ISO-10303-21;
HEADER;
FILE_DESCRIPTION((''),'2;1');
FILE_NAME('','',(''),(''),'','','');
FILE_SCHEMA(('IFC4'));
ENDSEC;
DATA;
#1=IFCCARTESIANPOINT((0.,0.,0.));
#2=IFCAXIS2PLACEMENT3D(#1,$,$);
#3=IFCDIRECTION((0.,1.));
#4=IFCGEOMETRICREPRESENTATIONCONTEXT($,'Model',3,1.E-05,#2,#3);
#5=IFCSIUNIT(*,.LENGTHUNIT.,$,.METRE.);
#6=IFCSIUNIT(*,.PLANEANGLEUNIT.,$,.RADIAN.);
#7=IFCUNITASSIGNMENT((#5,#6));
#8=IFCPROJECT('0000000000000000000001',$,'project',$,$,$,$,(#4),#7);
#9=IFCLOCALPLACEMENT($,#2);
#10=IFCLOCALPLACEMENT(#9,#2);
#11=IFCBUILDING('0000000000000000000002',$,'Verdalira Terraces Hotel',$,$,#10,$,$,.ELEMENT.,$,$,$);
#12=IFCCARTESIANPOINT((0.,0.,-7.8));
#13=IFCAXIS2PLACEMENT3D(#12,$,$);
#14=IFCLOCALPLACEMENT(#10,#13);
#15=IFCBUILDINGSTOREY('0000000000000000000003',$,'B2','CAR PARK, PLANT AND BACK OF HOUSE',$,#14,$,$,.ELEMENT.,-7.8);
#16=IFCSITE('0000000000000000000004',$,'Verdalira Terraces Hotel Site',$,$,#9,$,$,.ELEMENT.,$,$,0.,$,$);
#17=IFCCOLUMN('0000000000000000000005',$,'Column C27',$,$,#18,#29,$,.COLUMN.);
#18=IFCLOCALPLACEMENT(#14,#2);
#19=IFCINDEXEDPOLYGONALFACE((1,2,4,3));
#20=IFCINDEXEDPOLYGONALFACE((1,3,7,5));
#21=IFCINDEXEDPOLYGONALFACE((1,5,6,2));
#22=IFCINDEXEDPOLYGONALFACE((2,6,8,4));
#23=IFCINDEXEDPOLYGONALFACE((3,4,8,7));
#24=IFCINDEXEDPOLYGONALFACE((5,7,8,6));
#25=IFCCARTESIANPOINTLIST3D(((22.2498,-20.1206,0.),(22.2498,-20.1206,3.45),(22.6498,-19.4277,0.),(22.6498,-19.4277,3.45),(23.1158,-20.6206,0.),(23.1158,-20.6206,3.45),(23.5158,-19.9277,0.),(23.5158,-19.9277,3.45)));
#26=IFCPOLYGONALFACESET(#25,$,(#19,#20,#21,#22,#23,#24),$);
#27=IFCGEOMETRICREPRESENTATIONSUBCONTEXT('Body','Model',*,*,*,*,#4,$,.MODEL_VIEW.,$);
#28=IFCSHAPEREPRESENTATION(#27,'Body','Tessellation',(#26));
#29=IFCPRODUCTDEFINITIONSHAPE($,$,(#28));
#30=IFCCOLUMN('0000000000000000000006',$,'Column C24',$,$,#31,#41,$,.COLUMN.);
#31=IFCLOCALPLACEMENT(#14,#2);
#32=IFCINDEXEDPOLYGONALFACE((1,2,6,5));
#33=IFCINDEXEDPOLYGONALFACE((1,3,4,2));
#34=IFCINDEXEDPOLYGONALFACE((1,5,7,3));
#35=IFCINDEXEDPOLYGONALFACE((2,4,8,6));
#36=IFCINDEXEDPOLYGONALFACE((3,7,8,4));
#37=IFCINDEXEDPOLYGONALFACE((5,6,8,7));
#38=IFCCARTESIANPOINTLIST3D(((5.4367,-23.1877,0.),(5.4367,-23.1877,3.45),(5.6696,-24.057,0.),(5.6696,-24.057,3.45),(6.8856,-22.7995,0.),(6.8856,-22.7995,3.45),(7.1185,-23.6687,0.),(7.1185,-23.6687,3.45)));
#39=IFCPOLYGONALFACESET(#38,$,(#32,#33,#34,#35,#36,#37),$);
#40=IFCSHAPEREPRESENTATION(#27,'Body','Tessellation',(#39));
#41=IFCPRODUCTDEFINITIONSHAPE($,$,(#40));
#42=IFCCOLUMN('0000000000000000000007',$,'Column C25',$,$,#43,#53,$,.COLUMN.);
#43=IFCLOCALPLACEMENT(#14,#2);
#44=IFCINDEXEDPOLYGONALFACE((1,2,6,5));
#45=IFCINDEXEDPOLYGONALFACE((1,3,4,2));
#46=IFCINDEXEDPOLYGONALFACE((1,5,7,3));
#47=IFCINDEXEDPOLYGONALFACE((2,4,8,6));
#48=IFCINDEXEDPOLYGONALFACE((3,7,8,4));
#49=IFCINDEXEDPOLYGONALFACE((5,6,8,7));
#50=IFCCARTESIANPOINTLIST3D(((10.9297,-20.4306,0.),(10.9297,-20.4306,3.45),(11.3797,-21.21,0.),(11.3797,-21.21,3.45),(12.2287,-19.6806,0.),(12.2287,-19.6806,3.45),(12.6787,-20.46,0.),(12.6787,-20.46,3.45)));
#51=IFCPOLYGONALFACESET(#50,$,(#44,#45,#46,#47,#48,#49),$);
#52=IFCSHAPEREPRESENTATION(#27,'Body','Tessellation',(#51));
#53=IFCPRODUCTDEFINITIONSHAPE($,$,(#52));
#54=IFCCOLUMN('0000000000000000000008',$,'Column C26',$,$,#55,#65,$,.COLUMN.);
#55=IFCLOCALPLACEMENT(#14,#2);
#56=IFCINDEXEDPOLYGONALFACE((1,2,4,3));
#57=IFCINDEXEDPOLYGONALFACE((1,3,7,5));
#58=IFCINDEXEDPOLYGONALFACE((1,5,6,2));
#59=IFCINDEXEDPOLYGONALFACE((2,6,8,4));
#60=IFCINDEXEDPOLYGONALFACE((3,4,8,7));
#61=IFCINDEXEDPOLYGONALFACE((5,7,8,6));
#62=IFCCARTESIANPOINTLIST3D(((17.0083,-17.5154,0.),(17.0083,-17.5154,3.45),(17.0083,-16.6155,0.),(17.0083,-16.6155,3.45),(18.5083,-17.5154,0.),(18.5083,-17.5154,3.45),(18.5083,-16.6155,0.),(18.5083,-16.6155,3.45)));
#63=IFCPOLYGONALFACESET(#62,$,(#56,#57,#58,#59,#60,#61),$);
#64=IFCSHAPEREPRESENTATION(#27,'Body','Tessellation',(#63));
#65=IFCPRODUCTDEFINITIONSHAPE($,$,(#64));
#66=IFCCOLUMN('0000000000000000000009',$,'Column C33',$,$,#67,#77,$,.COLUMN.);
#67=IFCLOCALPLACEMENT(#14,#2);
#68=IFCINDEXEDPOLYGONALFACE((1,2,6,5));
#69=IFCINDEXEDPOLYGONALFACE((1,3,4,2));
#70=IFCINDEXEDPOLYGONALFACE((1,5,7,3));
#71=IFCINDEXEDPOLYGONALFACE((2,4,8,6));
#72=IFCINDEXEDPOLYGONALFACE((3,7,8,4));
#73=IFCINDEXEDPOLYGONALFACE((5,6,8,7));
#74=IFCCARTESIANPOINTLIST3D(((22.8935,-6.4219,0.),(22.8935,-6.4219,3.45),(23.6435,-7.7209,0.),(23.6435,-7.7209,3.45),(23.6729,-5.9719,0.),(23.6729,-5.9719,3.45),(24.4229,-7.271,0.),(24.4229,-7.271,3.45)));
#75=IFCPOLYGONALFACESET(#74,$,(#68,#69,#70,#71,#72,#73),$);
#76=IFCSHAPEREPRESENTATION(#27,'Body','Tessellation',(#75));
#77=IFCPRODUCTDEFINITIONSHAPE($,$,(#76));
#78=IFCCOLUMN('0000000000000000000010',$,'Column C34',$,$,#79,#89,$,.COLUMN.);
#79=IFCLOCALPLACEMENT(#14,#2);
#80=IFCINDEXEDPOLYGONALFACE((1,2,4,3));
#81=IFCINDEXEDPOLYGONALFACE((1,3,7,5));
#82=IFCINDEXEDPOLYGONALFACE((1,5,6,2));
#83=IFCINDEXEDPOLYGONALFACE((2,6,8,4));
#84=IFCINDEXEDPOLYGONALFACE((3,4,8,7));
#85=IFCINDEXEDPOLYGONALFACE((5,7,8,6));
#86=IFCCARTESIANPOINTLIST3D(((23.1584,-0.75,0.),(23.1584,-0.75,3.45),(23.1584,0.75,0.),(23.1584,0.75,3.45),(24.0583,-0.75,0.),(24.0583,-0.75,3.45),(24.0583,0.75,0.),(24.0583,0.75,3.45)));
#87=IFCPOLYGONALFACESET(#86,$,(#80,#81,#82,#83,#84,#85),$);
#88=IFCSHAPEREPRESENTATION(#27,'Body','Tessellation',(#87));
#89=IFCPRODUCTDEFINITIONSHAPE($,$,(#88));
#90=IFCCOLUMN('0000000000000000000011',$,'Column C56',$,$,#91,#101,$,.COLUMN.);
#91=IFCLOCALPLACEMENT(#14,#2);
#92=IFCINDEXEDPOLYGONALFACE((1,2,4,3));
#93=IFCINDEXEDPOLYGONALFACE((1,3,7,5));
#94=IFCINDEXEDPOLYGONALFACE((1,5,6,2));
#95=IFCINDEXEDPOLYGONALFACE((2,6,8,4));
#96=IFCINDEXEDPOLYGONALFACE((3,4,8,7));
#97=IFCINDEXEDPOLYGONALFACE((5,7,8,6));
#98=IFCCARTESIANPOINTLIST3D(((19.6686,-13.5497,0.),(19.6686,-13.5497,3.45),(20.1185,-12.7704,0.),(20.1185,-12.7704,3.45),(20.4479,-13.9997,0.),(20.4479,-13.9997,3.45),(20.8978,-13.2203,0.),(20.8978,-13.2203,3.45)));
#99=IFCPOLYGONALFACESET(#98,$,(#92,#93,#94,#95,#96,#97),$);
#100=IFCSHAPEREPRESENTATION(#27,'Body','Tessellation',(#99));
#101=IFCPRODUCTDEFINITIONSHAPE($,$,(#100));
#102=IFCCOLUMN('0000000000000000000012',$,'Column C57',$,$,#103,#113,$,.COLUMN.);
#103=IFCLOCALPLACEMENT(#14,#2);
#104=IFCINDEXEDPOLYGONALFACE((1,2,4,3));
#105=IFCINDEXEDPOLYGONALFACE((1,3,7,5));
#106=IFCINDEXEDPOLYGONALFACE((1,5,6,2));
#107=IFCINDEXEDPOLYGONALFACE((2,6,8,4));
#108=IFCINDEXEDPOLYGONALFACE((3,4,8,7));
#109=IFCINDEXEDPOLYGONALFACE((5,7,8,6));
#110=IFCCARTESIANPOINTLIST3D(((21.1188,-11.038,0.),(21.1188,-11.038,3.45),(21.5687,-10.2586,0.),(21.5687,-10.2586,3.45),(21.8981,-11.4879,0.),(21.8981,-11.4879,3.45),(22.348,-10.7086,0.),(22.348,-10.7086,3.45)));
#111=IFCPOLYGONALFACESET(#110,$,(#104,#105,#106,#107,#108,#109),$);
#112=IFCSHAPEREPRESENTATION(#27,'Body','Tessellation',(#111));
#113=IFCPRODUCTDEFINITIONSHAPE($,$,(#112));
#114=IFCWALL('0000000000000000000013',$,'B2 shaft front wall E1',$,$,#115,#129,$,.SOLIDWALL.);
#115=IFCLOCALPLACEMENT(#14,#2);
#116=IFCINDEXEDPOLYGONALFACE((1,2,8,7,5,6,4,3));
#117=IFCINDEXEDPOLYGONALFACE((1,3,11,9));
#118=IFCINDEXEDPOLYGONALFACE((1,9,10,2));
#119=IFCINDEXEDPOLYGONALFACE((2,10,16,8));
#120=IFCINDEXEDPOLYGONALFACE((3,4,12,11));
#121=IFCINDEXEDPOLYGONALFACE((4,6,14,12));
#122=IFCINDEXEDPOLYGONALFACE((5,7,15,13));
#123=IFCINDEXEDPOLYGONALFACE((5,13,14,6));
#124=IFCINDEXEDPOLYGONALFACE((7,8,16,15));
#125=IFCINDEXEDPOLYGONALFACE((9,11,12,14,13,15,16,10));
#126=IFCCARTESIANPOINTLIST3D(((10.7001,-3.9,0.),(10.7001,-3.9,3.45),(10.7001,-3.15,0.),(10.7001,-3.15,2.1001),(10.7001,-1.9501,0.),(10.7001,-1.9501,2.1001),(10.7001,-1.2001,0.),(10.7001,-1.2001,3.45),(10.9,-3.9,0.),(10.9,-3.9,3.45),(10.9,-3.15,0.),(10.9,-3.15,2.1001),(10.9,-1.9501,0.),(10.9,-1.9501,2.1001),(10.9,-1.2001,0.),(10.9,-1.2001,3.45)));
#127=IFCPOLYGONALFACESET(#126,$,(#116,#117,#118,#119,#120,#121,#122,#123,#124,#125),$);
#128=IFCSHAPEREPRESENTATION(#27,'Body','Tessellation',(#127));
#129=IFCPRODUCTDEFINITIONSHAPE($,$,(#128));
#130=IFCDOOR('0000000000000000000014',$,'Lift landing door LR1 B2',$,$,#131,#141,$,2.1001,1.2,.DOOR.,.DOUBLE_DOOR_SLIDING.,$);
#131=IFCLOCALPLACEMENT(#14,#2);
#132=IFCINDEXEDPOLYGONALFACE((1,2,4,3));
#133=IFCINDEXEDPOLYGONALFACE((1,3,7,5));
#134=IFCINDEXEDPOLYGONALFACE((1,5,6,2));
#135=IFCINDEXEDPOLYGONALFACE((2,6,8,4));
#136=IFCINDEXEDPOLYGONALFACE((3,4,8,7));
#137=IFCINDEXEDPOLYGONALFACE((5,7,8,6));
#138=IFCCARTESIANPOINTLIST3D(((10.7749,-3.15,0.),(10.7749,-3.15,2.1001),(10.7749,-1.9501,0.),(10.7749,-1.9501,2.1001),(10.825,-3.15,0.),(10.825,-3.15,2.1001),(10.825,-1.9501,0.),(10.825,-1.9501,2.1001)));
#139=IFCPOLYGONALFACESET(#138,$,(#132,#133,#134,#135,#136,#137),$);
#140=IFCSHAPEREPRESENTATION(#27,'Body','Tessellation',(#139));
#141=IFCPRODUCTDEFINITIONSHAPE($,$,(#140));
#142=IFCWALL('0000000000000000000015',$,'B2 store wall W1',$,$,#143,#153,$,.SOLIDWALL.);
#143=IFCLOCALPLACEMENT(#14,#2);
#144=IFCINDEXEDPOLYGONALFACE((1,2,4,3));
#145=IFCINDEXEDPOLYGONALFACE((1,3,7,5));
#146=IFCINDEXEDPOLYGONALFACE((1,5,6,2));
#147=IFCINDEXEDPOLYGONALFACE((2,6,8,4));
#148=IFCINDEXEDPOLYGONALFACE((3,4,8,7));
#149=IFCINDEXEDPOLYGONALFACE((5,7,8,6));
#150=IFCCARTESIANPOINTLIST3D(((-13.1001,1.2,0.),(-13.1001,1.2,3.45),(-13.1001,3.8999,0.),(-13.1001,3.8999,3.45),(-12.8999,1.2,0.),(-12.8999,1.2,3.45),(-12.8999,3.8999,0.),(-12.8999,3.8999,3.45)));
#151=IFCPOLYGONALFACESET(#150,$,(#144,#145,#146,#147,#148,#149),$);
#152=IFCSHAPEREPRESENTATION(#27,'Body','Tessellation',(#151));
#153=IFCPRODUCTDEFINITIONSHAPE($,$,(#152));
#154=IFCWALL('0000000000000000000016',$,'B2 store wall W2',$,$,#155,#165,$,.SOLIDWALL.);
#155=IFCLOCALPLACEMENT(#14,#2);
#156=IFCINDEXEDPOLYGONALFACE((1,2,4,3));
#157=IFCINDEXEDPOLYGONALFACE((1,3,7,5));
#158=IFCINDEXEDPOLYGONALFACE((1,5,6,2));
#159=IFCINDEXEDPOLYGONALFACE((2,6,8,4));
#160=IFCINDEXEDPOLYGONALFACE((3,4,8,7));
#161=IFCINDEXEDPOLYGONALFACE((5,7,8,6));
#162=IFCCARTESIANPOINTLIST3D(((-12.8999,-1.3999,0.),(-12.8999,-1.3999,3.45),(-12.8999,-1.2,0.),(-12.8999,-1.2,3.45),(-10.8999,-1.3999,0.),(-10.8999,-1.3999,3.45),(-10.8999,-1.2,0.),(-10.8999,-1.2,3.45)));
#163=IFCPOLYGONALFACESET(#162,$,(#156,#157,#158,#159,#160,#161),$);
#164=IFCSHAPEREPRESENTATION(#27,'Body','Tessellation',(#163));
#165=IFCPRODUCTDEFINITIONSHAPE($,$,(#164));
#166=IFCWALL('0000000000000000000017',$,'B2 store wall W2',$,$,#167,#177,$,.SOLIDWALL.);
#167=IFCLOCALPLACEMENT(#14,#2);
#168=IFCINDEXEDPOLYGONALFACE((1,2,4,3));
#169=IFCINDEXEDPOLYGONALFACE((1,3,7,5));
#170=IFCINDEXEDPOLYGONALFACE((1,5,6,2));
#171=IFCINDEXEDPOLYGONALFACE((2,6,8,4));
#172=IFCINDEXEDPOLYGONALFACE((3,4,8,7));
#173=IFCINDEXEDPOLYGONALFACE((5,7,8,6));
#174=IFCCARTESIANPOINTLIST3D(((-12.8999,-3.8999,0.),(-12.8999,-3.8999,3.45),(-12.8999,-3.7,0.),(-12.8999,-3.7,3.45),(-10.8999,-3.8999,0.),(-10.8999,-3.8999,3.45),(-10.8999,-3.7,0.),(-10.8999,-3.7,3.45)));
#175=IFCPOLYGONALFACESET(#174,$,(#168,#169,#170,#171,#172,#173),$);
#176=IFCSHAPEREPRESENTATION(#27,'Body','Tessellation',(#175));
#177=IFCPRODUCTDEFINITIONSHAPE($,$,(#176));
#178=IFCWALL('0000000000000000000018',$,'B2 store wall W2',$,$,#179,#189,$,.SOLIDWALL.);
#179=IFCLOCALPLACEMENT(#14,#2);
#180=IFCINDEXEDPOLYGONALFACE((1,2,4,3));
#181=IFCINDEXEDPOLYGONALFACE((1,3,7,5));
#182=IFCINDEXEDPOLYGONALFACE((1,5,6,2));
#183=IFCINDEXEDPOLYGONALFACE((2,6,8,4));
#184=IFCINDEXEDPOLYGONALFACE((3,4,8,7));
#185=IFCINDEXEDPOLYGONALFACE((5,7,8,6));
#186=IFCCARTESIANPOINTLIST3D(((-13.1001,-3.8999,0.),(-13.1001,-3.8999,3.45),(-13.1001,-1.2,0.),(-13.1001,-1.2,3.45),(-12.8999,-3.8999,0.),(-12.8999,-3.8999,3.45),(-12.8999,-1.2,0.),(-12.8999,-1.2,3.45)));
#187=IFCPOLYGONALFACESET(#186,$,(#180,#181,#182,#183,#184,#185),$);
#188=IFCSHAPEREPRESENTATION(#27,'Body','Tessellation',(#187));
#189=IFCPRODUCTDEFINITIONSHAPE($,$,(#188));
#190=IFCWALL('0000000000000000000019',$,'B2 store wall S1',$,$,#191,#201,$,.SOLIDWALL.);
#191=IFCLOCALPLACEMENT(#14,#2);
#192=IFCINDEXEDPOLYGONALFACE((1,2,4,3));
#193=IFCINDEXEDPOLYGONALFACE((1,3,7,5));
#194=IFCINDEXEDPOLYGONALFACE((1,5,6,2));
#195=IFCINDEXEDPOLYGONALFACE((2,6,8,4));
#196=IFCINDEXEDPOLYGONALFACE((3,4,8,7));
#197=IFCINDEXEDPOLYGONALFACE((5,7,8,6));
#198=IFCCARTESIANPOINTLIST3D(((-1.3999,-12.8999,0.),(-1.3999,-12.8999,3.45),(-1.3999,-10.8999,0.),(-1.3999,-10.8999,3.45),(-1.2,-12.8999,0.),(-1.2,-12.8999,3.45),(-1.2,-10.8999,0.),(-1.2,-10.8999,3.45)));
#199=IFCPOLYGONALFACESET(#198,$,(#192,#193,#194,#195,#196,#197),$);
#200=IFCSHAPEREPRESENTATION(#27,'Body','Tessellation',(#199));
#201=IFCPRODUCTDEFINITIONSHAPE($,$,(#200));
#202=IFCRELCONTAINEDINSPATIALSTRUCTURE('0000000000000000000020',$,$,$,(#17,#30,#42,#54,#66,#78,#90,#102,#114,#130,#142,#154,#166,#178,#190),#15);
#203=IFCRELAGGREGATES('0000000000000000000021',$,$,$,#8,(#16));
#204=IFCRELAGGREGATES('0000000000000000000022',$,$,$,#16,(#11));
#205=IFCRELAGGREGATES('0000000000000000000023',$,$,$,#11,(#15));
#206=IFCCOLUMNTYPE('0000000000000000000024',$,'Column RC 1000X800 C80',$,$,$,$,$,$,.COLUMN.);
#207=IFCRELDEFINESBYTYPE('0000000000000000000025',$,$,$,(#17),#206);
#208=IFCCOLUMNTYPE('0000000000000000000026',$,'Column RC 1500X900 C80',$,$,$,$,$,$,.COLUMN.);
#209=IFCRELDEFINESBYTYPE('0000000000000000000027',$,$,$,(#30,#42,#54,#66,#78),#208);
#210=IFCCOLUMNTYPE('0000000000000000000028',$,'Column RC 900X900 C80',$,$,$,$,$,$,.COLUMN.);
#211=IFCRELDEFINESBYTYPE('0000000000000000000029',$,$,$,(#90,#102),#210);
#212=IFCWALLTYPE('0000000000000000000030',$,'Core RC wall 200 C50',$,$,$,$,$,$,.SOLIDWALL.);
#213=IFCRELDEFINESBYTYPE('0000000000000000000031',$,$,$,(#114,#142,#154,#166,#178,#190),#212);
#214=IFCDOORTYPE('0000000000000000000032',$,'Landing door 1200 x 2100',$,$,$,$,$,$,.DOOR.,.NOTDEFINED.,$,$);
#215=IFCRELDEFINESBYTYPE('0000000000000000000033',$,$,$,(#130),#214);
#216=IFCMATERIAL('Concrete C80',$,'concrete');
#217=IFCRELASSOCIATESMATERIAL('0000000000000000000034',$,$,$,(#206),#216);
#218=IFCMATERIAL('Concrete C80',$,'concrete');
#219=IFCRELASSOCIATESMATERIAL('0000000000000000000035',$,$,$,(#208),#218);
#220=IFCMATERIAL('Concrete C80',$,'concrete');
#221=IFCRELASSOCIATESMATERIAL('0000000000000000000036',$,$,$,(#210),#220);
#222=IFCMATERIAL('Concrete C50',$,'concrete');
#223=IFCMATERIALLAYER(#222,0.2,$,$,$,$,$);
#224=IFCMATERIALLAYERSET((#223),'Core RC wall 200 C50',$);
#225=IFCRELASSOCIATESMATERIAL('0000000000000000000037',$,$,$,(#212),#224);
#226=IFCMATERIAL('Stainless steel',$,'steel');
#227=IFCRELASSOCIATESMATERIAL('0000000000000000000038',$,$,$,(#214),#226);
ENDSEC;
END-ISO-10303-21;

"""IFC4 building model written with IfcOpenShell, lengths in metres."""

from ifc_helpers import new_model, si_unit, direction, frame, frame_2d, origin, origin_2d, place, context, subcontext, project, spatial, polyline, rectangle, outline, extrude, material, layer, layer_set, material_profile, profile_set, type_object, element, fill, save


model = new_model("IFC4")

# Units and contexts
model_context = context("Model", 3, precision=1e-05, world=origin(), true_north=direction((0.0, 1.0)))
body_context = subcontext(model_context, "Body", "Model", "MODEL_VIEW")
ifc_project = project(units=[si_unit("LENGTHUNIT", "METRE"), si_unit("PLANEANGLEUNIT", "RADIAN")], contexts=[model_context])

# Site, building, storey
site_placement = place(None, origin())
site = spatial("IfcSite", under=ifc_project, at=site_placement, Name="Verdalira Terraces Hotel Site", CompositionType="ELEMENT", RefElevation=0.0)
building_placement = place(site_placement, origin())
building = spatial("IfcBuilding", under=site, at=building_placement, Name="Verdalira Terraces Hotel", CompositionType="ELEMENT")
storey_placement = place(building_placement, frame((0.0, 0.0, -7.8)))
storey = spatial("IfcBuildingStorey", under=building, at=storey_placement, Name="B2", Description="CAR PARK, PLANT AND BACK OF HOUSE", CompositionType="ELEMENT", Elevation=-7.8)

# Columns
ifc_material_1 = material(Name="Concrete C80", Category="concrete")
ifc_material_profile_1 = material_profile(ifc_material_1, rectangle(XDim=1.0, YDim=0.8, at=origin_2d()), Name="RC 1000X800")
ifc_profile_set_1 = profile_set([ifc_material_profile_1], Name="Concrete C80")
column_type_1 = type_object("IfcColumnType", Name="Column RC 1000X800 C80", PredefinedType="COLUMN", material=ifc_profile_set_1)
column_placement = place(storey_placement, frame((22.8828, -20.0242, 0.0), z_axis=(0.0, 0.0, 1.0), x_axis=(0.866025, -0.5, 0.0)))
element("IfcColumn", 1, at=column_placement, inside=storey, type_object=column_type_1, Name="Column C27", PredefinedType="COLUMN", context=body_context, shape_type="SweptSolid", body=[
    extrude(rectangle(XDim=1.0, YDim=0.8, at=origin_2d()), origin(), (0.0, 0.0, 1.0), 3.45),
])
ifc_material_2 = material(Name="Concrete C80", Category="concrete")
ifc_material_profile_2 = material_profile(ifc_material_2, rectangle(XDim=1.5, YDim=0.8999, at=origin_2d()), Name="RC 1500X900")
ifc_profile_set_2 = profile_set([ifc_material_profile_2], Name="Concrete C80")
column_type_2 = type_object("IfcColumnType", Name="Column RC 1500X900 C80", PredefinedType="COLUMN", material=ifc_profile_set_2)
for number, where, z_axis, x_axis, name in (
    (2, (6.2776, -23.4282, 0.0), (0.0, 0.0, 1.0), (-0.965926, -0.258819, 0.0), "Column C24"),
    (3, (11.8042, -20.4453, 0.0), (0.0, 0.0, 1.0), (0.866025, 0.5, 0.0), "Column C25"),
    (4, (17.7583, -17.0654, 0.0), (0.0, 0.0, 1.0), (-1.0, 0.0, 0.0), "Column C26"),
    (5, (23.6582, -6.8464, 0.0), (0.0, 0.0, 1.0), (0.5, -0.866025, 0.0), "Column C33"),
    (6, (23.6084, 0.0, 0.0), (0.0, 0.0, 1.0), (0.0, 1.0, 0.0), "Column C34"),
):
    element("IfcColumn", number, at=place(storey_placement, frame(where, z_axis=z_axis, x_axis=x_axis)), inside=storey, type_object=column_type_2, Name=name, PredefinedType="COLUMN", context=body_context, shape_type="SweptSolid", body=[
        extrude(rectangle(XDim=1.5, YDim=0.8999, at=origin_2d()), origin(), (0.0, 0.0, 1.0), 3.45),
    ])
ifc_material_3 = material(Name="Concrete C80", Category="concrete")
ifc_material_profile_3 = material_profile(ifc_material_3, rectangle(XDim=0.8999, YDim=0.8999, at=origin_2d()), Name="RC 900X900")
ifc_profile_set_3 = profile_set([ifc_material_profile_3], Name="Concrete C80")
column_type_3 = type_object("IfcColumnType", Name="Column RC 900X900 C80", PredefinedType="COLUMN", material=ifc_profile_set_3)
for number, where, z_axis, x_axis, name in (
    (7, (20.2832, -13.385, 0.0), (0.0, 0.0, 1.0), (0.866025, -0.5, 0.0), "Column C56"),
    (8, (21.7334, -10.8733, 0.0), (0.0, 0.0, 1.0), (0.866025, -0.5, 0.0), "Column C57"),
):
    element("IfcColumn", number, at=place(storey_placement, frame(where, z_axis=z_axis, x_axis=x_axis)), inside=storey, type_object=column_type_3, Name=name, PredefinedType="COLUMN", context=body_context, shape_type="SweptSolid", body=[
        extrude(rectangle(XDim=0.8999, YDim=0.8999, at=origin_2d()), origin(), (0.0, 0.0, 1.0), 3.45),
    ])

# Wall, opening, door
ifc_material_4 = material(Name="Concrete C50", Category="concrete")
ifc_layer_1 = layer(ifc_material_4, 0.2)
ifc_layer_set_1 = layer_set([ifc_layer_1], Name="Core RC wall 200 C50")
wall_type_1 = type_object("IfcWallType", Name="Core RC wall 200 C50", PredefinedType="SOLIDWALL", material=ifc_layer_set_1)
wall_1_placement = place(storey_placement, frame((10.8, -1.2, 0.0), z_axis=(0.0, 0.0, 1.0), x_axis=(0.0, -1.0, 0.0)))
wall_1 = element("IfcWall", 9, at=wall_1_placement, inside=storey, type_object=wall_type_1, Name="B2 shaft front wall E1", PredefinedType="SOLIDWALL", context=body_context, shape_type="SweptSolid", body=[
    extrude(rectangle(XDim=2.7, YDim=0.2, at=frame_2d((1.3501, 0.0))), origin(), (0.0, 0.0, 1.0), 3.45),
])
opening_1_placement = place(wall_1_placement, frame((0.75, 0.0, 0.0)))
opening_1 = element("IfcOpeningElement", 10, at=opening_1_placement, cuts=wall_1, PredefinedType="OPENING", context=body_context, shape_type="SweptSolid", body=[
    extrude(rectangle(XDim=1.2, YDim=2.1001, at=frame_2d((0.6001, 1.05))), frame((0.0, 0.1099, 0.0), z_axis=(0.0, -1.0, 0.0), x_axis=(1.0, 0.0, 0.0)), (0.0, 0.0, 1.0), 0.22),
])
ifc_material_5 = material(Name="Stainless steel", Category="steel")
door_type_1 = type_object("IfcDoorType", Name="Landing door 1200 x 2100", OperationType="NOTDEFINED", PredefinedType="DOOR", material=ifc_material_5)
door_1_placement = place(opening_1_placement, origin())
door_1 = element("IfcDoor", 11, at=door_1_placement, inside=storey, type_object=door_type_1, Name="Lift landing door LR1 B2", OperationType="DOUBLE_DOOR_SLIDING", OverallHeight=2.1001, OverallWidth=1.2, PredefinedType="DOOR", context=body_context, shape_type="SweptSolid", body=[
    extrude(rectangle(XDim=1.2, YDim=2.1001, at=frame_2d((0.6001, 1.05))), frame((0.0, 0.0249, 0.0), z_axis=(0.0, -1.0, 0.0), x_axis=(1.0, 0.0, 0.0)), (0.0, 0.0, 1.0), 0.05),
])
fill(opening_1, door_1)

# Walls
wall_2_placement = place(storey_placement, origin())
element("IfcWall", 12, at=wall_2_placement, inside=storey, type_object=wall_type_1, Name="B2 store wall W1", PredefinedType="SOLIDWALL", context=body_context, shape_type="SweptSolid", body=[
    extrude(outline(polyline([(-12.8999, 1.2), (-13.1001, 1.2), (-13.1001, 3.8999), (-12.8999, 3.8999), (-12.8999, 1.2)])), origin(), (0.0, 0.0, 1.0), 3.45),
])
wall_3_placement = place(storey_placement, origin())
element("IfcWall", 13, at=wall_3_placement, inside=storey, type_object=wall_type_1, Name="B2 store wall W2", PredefinedType="SOLIDWALL", context=body_context, shape_type="SweptSolid", body=[
    extrude(outline(polyline([(-10.8999, -1.2), (-10.8999, -1.3999), (-12.8999, -1.3999), (-12.8999, -1.2), (-10.8999, -1.2)])), origin(), (0.0, 0.0, 1.0), 3.45),
])
wall_4_placement = place(storey_placement, origin())
element("IfcWall", 14, at=wall_4_placement, inside=storey, type_object=wall_type_1, Name="B2 store wall W2", PredefinedType="SOLIDWALL", context=body_context, shape_type="SweptSolid", body=[
    extrude(outline(polyline([(-10.8999, -3.7), (-10.8999, -3.8999), (-12.8999, -3.8999), (-12.8999, -3.7), (-10.8999, -3.7)])), origin(), (0.0, 0.0, 1.0), 3.45),
])
wall_5_placement = place(storey_placement, origin())
element("IfcWall", 15, at=wall_5_placement, inside=storey, type_object=wall_type_1, Name="B2 store wall W2", PredefinedType="SOLIDWALL", context=body_context, shape_type="SweptSolid", body=[
    extrude(outline(polyline([(-12.8999, -1.2), (-12.8999, -3.8999), (-13.1001, -3.8999), (-13.1001, -1.2), (-12.8999, -1.2)])), origin(), (0.0, 0.0, 1.0), 3.45),
])
wall_6_placement = place(storey_placement, origin())
element("IfcWall", 16, at=wall_6_placement, inside=storey, type_object=wall_type_1, Name="B2 store wall S1", PredefinedType="SOLIDWALL", context=body_context, shape_type="SweptSolid", body=[
    extrude(outline(polyline([(-1.2, -10.8999), (-1.2, -12.8999), (-1.3999, -12.8999), (-1.3999, -10.8999), (-1.2, -10.8999)])), origin(), (0.0, 0.0, 1.0), 3.45),
])

save(model, "model.ifc")
